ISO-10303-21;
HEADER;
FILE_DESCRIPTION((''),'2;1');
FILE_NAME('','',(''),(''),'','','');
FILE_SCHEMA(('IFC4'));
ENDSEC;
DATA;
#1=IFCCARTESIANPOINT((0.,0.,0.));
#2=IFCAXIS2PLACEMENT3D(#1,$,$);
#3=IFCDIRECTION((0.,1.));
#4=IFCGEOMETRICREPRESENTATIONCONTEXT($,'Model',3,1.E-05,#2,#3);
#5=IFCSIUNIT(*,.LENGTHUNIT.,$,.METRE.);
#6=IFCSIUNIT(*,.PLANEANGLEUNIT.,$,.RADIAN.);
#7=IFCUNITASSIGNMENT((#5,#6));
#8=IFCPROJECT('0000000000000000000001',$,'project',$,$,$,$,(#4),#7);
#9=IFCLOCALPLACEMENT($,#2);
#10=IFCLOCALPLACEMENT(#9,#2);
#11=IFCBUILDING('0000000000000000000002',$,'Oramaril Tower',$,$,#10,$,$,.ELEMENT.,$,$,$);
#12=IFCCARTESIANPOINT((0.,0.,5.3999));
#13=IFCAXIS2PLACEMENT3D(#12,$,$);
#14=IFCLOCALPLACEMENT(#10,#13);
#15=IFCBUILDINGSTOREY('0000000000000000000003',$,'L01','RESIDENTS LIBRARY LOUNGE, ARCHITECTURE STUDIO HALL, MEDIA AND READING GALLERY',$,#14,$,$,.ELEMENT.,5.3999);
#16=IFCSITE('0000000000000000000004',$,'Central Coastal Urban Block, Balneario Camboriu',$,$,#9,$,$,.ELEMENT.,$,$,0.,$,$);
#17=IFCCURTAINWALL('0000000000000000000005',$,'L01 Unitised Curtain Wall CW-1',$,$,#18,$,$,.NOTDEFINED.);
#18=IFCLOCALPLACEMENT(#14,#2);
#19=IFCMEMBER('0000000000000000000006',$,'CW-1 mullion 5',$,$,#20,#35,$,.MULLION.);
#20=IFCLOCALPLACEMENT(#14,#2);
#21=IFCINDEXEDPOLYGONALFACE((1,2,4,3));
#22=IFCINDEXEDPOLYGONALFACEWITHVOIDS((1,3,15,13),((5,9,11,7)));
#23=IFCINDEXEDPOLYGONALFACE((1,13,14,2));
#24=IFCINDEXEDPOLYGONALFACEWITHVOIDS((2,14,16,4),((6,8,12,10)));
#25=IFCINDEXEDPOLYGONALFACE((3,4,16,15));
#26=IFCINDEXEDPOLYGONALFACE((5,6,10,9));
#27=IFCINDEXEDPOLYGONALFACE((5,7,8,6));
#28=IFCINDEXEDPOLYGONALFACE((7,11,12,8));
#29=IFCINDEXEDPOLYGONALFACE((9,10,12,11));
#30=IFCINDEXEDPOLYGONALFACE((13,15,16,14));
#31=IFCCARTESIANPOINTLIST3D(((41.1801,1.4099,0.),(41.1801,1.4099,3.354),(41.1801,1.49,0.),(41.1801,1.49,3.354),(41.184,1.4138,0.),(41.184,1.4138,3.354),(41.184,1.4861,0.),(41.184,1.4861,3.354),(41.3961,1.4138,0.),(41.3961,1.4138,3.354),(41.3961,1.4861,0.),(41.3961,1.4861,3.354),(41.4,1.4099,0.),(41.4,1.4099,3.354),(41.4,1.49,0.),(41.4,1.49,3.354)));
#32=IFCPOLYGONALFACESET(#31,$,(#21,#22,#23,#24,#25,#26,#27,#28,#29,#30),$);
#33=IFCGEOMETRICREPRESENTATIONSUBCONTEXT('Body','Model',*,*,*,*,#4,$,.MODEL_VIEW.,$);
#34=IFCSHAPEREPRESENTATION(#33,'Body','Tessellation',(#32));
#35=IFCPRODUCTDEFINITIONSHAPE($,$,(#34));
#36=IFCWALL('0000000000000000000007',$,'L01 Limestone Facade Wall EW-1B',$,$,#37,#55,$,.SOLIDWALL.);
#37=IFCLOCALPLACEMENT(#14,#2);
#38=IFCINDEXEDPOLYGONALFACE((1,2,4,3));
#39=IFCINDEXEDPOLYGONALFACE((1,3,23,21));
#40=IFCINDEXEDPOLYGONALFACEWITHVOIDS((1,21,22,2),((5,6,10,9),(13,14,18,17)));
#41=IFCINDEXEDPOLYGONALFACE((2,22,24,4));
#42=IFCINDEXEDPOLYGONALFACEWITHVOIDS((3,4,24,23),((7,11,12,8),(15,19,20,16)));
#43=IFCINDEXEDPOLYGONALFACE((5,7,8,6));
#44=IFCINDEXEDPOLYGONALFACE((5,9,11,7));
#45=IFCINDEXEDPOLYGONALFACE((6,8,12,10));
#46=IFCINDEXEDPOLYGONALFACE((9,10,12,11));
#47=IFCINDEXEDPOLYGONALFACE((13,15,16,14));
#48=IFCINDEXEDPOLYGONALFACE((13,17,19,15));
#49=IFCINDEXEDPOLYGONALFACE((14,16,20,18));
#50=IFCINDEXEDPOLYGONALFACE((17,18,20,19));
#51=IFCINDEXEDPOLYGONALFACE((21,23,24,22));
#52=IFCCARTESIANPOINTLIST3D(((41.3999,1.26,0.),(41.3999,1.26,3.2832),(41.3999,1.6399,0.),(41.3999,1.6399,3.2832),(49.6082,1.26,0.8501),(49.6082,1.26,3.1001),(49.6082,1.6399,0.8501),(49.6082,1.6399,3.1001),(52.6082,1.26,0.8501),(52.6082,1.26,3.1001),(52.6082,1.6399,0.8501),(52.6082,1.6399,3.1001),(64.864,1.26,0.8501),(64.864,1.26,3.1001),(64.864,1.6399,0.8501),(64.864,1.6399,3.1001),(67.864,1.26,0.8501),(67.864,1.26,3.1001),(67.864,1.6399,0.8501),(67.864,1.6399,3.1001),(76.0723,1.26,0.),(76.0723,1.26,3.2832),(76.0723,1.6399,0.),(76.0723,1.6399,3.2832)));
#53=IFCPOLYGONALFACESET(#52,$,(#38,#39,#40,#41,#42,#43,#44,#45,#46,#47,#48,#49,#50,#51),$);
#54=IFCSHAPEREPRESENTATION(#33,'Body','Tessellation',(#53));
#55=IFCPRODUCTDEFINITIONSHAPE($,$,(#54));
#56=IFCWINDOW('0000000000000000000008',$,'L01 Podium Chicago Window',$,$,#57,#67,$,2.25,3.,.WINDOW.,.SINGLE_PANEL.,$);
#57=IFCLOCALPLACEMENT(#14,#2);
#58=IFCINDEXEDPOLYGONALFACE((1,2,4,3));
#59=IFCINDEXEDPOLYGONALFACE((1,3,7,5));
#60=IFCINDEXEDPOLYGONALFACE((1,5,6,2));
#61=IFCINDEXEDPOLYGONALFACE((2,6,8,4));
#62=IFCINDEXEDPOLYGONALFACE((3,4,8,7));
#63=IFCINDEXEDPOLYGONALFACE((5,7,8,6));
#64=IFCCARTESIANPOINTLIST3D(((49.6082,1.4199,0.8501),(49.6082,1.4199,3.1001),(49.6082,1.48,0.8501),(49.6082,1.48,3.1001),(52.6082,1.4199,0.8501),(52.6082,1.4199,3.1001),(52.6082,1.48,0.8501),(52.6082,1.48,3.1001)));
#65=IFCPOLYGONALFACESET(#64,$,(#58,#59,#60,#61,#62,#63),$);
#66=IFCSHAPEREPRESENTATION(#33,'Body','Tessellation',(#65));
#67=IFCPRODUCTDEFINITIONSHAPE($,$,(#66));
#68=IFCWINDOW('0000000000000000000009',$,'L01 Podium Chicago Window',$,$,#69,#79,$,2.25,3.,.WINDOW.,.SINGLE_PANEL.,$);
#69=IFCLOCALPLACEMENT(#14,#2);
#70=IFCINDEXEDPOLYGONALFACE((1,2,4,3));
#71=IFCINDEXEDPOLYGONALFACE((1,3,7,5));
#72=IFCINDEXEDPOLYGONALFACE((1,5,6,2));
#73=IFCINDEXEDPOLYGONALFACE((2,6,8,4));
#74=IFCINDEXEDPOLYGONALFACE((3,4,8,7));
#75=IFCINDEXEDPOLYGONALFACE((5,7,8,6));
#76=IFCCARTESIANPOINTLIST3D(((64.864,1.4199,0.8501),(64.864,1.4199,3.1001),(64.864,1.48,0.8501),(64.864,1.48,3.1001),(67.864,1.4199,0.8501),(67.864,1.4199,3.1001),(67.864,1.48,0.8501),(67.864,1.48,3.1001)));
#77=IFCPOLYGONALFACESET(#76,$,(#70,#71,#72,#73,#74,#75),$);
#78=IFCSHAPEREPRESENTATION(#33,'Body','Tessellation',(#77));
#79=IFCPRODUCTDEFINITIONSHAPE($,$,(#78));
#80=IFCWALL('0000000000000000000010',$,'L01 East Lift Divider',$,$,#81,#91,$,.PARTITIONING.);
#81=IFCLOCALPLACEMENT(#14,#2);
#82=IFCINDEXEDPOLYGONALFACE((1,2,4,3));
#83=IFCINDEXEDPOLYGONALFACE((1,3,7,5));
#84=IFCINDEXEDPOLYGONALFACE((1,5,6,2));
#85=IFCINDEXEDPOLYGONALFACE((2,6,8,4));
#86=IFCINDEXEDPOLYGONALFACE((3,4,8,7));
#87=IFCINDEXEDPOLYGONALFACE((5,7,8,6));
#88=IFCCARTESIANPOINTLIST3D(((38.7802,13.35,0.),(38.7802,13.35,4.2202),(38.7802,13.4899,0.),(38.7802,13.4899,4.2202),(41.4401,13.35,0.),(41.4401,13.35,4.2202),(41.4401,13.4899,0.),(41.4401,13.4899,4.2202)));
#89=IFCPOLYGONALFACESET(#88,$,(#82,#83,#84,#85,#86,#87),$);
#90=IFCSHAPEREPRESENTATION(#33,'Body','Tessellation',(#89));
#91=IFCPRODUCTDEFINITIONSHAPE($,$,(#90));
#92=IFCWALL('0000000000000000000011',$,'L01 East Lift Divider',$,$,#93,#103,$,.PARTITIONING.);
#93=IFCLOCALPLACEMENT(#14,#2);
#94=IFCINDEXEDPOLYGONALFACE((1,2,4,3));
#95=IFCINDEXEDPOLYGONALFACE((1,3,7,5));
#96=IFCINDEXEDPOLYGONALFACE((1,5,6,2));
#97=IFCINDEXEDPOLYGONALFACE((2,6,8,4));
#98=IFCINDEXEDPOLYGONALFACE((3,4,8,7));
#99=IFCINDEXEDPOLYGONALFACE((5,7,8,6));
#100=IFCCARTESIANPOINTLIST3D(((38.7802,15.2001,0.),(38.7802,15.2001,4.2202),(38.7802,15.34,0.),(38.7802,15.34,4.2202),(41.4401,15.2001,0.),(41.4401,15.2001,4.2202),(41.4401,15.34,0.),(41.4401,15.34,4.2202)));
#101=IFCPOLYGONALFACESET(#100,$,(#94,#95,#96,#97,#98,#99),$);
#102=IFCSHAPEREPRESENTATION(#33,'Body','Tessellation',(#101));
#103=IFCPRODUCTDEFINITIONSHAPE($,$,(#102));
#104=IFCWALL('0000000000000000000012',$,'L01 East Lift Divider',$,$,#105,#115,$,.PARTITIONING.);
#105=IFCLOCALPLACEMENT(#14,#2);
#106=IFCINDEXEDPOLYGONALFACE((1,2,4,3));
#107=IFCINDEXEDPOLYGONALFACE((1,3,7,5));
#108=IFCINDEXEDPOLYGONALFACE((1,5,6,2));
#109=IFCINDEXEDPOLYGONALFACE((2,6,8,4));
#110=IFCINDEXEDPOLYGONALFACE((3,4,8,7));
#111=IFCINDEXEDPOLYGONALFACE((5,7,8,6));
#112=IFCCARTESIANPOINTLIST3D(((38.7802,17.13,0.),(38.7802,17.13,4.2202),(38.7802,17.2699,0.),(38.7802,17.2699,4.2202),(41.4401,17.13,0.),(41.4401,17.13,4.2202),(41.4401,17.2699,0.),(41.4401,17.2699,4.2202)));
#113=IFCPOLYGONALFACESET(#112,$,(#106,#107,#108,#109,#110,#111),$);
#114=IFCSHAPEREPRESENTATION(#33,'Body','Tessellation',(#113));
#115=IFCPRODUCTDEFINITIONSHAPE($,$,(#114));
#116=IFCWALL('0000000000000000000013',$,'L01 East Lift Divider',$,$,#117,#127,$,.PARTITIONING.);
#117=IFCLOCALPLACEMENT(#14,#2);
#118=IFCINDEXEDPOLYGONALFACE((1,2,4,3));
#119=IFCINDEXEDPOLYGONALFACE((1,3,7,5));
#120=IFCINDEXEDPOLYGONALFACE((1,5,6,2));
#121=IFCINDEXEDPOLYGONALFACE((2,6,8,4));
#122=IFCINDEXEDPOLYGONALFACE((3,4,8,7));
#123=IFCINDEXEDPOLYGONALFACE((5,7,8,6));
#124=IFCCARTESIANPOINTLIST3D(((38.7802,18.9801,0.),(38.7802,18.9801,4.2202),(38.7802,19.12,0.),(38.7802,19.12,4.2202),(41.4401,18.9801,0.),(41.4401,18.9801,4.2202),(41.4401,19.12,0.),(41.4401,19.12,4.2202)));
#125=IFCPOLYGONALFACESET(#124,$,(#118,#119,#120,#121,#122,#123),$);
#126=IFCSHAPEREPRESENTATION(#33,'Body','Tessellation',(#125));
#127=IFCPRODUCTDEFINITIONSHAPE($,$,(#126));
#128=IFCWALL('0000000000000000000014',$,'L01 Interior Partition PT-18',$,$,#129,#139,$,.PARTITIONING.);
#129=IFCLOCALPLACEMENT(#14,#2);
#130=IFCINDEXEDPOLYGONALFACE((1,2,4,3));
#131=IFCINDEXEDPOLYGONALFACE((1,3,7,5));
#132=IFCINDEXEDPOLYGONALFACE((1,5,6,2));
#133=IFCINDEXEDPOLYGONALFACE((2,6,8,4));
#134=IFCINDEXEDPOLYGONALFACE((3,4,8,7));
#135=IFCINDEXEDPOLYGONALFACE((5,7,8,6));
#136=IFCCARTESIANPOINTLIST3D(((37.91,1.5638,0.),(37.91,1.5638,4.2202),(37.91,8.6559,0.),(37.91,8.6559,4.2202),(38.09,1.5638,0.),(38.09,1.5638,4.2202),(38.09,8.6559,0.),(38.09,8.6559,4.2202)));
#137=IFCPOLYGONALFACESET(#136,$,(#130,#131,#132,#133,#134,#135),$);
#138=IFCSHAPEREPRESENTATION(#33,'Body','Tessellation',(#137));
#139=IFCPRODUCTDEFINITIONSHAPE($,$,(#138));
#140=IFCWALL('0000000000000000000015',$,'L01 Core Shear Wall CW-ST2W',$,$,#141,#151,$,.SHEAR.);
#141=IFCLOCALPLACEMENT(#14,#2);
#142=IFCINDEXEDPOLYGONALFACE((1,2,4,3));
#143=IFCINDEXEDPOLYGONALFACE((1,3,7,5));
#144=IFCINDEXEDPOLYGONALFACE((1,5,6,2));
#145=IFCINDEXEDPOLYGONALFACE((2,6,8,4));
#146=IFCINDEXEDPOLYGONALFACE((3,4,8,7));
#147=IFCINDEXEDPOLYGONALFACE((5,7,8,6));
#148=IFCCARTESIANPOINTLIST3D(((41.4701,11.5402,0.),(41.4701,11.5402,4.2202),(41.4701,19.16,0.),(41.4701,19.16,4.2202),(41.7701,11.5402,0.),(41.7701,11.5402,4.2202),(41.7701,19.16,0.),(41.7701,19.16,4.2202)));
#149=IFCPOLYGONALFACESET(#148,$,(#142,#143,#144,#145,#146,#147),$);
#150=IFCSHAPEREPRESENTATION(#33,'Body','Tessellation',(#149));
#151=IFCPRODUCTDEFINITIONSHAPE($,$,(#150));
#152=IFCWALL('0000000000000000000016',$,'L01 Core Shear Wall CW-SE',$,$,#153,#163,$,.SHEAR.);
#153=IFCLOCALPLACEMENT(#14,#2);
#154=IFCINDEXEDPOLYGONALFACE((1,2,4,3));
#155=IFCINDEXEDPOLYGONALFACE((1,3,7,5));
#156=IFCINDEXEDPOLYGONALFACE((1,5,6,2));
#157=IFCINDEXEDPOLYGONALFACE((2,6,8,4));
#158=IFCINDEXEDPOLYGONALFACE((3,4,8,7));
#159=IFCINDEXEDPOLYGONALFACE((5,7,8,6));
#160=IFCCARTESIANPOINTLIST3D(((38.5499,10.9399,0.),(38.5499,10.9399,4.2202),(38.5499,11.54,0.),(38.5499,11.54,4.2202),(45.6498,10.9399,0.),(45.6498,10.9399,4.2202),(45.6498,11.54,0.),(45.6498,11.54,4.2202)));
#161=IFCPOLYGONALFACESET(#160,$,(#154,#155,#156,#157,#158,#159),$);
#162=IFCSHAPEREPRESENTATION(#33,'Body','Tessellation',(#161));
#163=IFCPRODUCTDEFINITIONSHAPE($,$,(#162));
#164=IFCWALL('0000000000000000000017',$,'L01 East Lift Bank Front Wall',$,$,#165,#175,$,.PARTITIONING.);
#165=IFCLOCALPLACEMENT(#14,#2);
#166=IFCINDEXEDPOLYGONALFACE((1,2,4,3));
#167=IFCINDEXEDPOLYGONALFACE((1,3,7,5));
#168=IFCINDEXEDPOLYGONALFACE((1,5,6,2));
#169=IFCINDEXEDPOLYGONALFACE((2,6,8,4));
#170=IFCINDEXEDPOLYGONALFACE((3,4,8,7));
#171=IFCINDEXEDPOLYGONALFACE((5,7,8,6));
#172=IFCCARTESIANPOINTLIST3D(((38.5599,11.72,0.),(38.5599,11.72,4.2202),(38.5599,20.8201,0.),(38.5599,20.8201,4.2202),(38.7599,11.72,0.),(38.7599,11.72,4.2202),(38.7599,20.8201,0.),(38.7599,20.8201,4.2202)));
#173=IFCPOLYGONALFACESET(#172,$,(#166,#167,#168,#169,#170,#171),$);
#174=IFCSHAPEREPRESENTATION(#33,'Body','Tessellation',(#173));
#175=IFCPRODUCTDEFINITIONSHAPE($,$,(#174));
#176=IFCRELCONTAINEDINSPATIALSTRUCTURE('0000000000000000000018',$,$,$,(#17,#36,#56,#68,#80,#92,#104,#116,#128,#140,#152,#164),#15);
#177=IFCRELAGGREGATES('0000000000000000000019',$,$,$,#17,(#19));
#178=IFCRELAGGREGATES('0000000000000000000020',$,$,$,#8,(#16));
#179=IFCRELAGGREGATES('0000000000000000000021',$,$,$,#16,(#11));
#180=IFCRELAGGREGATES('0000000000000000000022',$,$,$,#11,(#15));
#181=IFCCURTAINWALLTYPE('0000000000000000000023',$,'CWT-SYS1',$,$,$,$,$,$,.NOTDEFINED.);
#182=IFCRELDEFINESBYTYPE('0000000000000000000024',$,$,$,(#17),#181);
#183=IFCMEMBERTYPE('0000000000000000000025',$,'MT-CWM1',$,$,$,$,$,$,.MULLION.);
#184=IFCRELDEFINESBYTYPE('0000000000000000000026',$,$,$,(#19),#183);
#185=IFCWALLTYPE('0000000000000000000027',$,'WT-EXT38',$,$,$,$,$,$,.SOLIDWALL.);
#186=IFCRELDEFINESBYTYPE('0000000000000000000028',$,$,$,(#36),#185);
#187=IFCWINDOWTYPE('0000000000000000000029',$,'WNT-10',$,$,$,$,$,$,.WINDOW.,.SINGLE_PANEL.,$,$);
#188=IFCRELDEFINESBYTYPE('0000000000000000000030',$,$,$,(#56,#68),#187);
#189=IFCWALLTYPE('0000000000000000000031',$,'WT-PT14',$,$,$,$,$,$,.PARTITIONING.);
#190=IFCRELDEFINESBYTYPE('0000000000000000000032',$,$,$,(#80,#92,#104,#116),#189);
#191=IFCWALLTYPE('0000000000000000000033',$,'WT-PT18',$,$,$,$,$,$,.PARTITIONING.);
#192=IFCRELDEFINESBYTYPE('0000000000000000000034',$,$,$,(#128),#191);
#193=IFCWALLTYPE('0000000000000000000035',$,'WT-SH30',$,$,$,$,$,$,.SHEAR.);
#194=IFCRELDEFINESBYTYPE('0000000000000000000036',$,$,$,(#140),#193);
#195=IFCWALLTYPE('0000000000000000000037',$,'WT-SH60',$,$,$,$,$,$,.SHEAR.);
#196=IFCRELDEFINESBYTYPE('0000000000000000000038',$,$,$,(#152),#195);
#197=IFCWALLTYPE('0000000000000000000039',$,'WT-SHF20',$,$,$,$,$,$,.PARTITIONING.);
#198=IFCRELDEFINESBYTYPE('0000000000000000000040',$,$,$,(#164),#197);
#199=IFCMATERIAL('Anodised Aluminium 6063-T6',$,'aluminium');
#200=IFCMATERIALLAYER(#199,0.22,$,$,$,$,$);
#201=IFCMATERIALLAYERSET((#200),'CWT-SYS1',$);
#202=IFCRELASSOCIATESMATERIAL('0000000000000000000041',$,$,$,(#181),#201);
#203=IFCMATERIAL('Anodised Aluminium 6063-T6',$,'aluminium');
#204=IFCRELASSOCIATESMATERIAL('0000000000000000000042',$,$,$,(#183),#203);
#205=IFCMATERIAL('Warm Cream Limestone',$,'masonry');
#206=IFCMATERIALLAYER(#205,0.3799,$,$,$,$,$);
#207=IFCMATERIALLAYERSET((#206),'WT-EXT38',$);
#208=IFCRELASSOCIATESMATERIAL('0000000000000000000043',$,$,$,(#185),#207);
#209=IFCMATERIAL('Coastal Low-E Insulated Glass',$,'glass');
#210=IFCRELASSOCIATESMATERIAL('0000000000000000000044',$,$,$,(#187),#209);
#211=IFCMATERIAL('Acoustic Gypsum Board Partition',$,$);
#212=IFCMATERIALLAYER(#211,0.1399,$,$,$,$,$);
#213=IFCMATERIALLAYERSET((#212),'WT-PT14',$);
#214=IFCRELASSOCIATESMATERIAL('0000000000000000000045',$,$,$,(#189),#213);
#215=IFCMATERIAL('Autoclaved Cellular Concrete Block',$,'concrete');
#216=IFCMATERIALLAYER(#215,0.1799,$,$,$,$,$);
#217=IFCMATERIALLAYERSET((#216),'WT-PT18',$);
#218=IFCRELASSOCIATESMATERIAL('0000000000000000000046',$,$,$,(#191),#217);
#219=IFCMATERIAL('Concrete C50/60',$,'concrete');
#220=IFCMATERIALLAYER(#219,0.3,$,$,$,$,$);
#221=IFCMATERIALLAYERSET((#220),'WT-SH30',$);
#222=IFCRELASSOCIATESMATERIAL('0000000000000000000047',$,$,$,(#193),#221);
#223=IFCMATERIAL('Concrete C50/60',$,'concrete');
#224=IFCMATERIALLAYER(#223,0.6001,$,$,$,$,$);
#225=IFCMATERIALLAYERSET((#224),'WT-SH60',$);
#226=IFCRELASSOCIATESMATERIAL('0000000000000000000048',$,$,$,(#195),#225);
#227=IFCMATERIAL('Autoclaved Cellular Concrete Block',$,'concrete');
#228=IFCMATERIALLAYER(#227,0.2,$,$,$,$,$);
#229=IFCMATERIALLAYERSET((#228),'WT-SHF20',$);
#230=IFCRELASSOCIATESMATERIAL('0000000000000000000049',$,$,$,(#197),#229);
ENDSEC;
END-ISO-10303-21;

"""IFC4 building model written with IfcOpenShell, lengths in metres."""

from ifc_helpers import new_model, si_unit, direction, frame, frame_2d, origin, origin_2d, place, context, subcontext, project, spatial, rectangle, hollow_rectangle, extrude, material, layer, layer_set, material_profile, profile_set, type_object, element, fill, aggregate, save


model = new_model("IFC4")

# Units and contexts
model_context = context("Model", 3, precision=1e-05, world=origin(), true_north=direction((0.0, 1.0)))
body_context = subcontext(model_context, "Body", "Model", "MODEL_VIEW")
ifc_project = project(units=[si_unit("LENGTHUNIT", "METRE"), si_unit("PLANEANGLEUNIT", "RADIAN")], contexts=[model_context])

# Site, building, storey
site_placement = place(None, origin())
site = spatial("IfcSite", under=ifc_project, at=site_placement, Name="Central Coastal Urban Block, Balneario Camboriu", CompositionType="ELEMENT", RefElevation=0.0)
building_placement = place(site_placement, origin())
building = spatial("IfcBuilding", under=site, at=building_placement, Name="Oramaril Tower", CompositionType="ELEMENT")
storey_placement = place(building_placement, frame((0.0, 0.0, 5.3999)))
storey = spatial("IfcBuildingStorey", under=building, at=storey_placement, Name="L01", Description="RESIDENTS LIBRARY LOUNGE, ARCHITECTURE STUDIO HALL, MEDIA AND READING GALLERY", CompositionType="ELEMENT", Elevation=5.3999)

# Curtain wall, member
ifc_material_1 = material(Name="Anodised Aluminium 6063-T6", Category="aluminium")
ifc_layer_1 = layer(ifc_material_1, 0.22)
ifc_layer_set_1 = layer_set([ifc_layer_1], Name="CWT-SYS1")
curtain_wall_type = type_object("IfcCurtainWallType", Name="CWT-SYS1", PredefinedType="NOTDEFINED", material=ifc_layer_set_1)
curtain_wall_placement = place(storey_placement, origin())
curtain_wall = element("IfcCurtainWall", 1, at=curtain_wall_placement, inside=storey, type_object=curtain_wall_type, Name="L01 Unitised Curtain Wall CW-1", PredefinedType="NOTDEFINED")
ifc_material_2 = material(Name="Anodised Aluminium 6063-T6", Category="aluminium")
ifc_material_profile = material_profile(ifc_material_2, hollow_rectangle(XDim=0.0801, YDim=0.22, WallThickness=0.0039, at=origin_2d()), Name="CWM220X80")
ifc_profile_set = profile_set([ifc_material_profile], Name="Anodised Aluminium 6063-T6")
member_type = type_object("IfcMemberType", Name="MT-CWM1", PredefinedType="MULLION", material=ifc_profile_set)
member_placement = place(storey_placement, frame((41.29, 1.45, 0.0), z_axis=(0.0, 0.0, 1.0), x_axis=(0.0, 1.0, 0.0)))
member = element("IfcMember", 2, at=member_placement, type_object=member_type, Name="CW-1 mullion 5", PredefinedType="MULLION", context=body_context, shape_type="SweptSolid", body=[
    extrude(hollow_rectangle(XDim=0.0801, YDim=0.22, WallThickness=0.0039, at=origin_2d()), origin(), (0.0, 0.0, 1.0), 3.354),
])
aggregate(curtain_wall, [member])

# Wall, openings, windows
ifc_material_3 = material(Name="Warm Cream Limestone", Category="masonry")
ifc_layer_2 = layer(ifc_material_3, 0.3799)
ifc_layer_set_2 = layer_set([ifc_layer_2], Name="WT-EXT38")
wall_type_1 = type_object("IfcWallType", Name="WT-EXT38", PredefinedType="SOLIDWALL", material=ifc_layer_set_2)
wall_1_placement = place(storey_placement, frame((41.3999, 1.45, 0.0), z_axis=(0.0, 0.0, 1.0), x_axis=(1.0, 0.0, 0.0)))
wall_1 = element("IfcWall", 3, at=wall_1_placement, inside=storey, type_object=wall_type_1, Name="L01 Limestone Facade Wall EW-1B", PredefinedType="SOLIDWALL", context=body_context, shape_type="SweptSolid", body=[
    extrude(rectangle(XDim=34.6724, YDim=0.3799, at=frame_2d((17.3362, 0.0))), origin(), (0.0, 0.0, 1.0), 3.2832),
])
opening_1_placement = place(wall_1_placement, frame((8.2083, 0.0, 0.8501)))
opening_1 = element("IfcOpeningElement", 4, at=opening_1_placement, cuts=wall_1, PredefinedType="OPENING", context=body_context, shape_type="SweptSolid", body=[
    extrude(rectangle(XDim=3.0, YDim=2.25, at=frame_2d((1.5, 1.125))), frame((0.0, 0.1899, 0.0), z_axis=(0.0, -1.0, 0.0), x_axis=(1.0, 0.0, 0.0)), (0.0, 0.0, 1.0), 0.3799),
])
opening_2_placement = place(wall_1_placement, frame((23.4641, 0.0, 0.8501)))
opening_2 = element("IfcOpeningElement", 5, at=opening_2_placement, cuts=wall_1, PredefinedType="OPENING", context=body_context, shape_type="SweptSolid", body=[
    extrude(rectangle(XDim=3.0, YDim=2.25, at=frame_2d((1.5, 1.125))), frame((0.0, 0.1899, 0.0), z_axis=(0.0, -1.0, 0.0), x_axis=(1.0, 0.0, 0.0)), (0.0, 0.0, 1.0), 0.3799),
])
ifc_material_4 = material(Name="Coastal Low-E Insulated Glass", Category="glass")
window_type = type_object("IfcWindowType", Name="WNT-10", PartitioningType="SINGLE_PANEL", PredefinedType="WINDOW", material=ifc_material_4)
window_1_placement = place(opening_1_placement, origin())
window_1 = element("IfcWindow", 6, at=window_1_placement, inside=storey, type_object=window_type, Name="L01 Podium Chicago Window", OverallHeight=2.25, OverallWidth=3.0, PartitioningType="SINGLE_PANEL", PredefinedType="WINDOW", context=body_context, shape_type="SweptSolid", body=[
    extrude(rectangle(XDim=3.0, YDim=2.25, at=frame_2d((1.5, 1.125))), frame((0.0, 0.03, 0.0), z_axis=(0.0, -1.0, 0.0), x_axis=(1.0, 0.0, 0.0)), (0.0, 0.0, 1.0), 0.0601),
])
fill(opening_1, window_1)
window_2_placement = place(opening_2_placement, origin())
window_2 = element("IfcWindow", 7, at=window_2_placement, inside=storey, type_object=window_type, Name="L01 Podium Chicago Window", OverallHeight=2.25, OverallWidth=3.0, PartitioningType="SINGLE_PANEL", PredefinedType="WINDOW", context=body_context, shape_type="SweptSolid", body=[
    extrude(rectangle(XDim=3.0, YDim=2.25, at=frame_2d((1.5, 1.125))), frame((0.0, 0.03, 0.0), z_axis=(0.0, -1.0, 0.0), x_axis=(1.0, 0.0, 0.0)), (0.0, 0.0, 1.0), 0.0601),
])
fill(opening_2, window_2)

# Walls
ifc_material_5 = material(Name="Acoustic Gypsum Board Partition")
ifc_layer_3 = layer(ifc_material_5, 0.1399)
ifc_layer_set_3 = layer_set([ifc_layer_3], Name="WT-PT14")
wall_type_2 = type_object("IfcWallType", Name="WT-PT14", PredefinedType="PARTITIONING", material=ifc_layer_set_3)
for number, where, z_axis, x_axis, name in (
    (8, (38.78, 13.4199, 0.0), (0.0, 0.0, 1.0), (1.0, 0.0, 0.0), "L01 East Lift Divider"),
    (9, (38.78, 15.27, 0.0), (0.0, 0.0, 1.0), (1.0, 0.0, 0.0), "L01 East Lift Divider"),
    (10, (38.78, 17.2, 0.0), (0.0, 0.0, 1.0), (1.0, 0.0, 0.0), "L01 East Lift Divider"),
    (11, (38.78, 19.05, 0.0), (0.0, 0.0, 1.0), (1.0, 0.0, 0.0), "L01 East Lift Divider"),
):
    element("IfcWall", number, at=place(storey_placement, frame(where, z_axis=z_axis, x_axis=x_axis)), inside=storey, type_object=wall_type_2, Name=name, PredefinedType="PARTITIONING", context=body_context, shape_type="SweptSolid", body=[
        extrude(rectangle(XDim=2.6599, YDim=0.1399, at=frame_2d((1.3301, 0.0))), origin(), (0.0, 0.0, 1.0), 4.2202),
    ])
ifc_material_6 = material(Name="Autoclaved Cellular Concrete Block", Category="concrete")
ifc_layer_4 = layer(ifc_material_6, 0.1799)
ifc_layer_set_4 = layer_set([ifc_layer_4], Name="WT-PT18")
wall_type_3 = type_object("IfcWallType", Name="WT-PT18", PredefinedType="PARTITIONING", material=ifc_layer_set_4)
wall_2_placement = place(storey_placement, frame((38.0, 1.564, 0.0), z_axis=(0.0, 0.0, 1.0), x_axis=(0.0, 1.0, 0.0)))
element("IfcWall", 12, at=wall_2_placement, inside=storey, type_object=wall_type_3, Name="L01 Interior Partition PT-18", PredefinedType="PARTITIONING", context=body_context, shape_type="SweptSolid", body=[
    extrude(rectangle(XDim=7.092, YDim=0.1799, at=frame_2d((3.5459, 0.0))), origin(), (0.0, 0.0, 1.0), 4.2202),
])

# Shared definitions
ifc_material_7 = material(Name="Concrete C50/60", Category="concrete")
ifc_layer_5 = layer(ifc_material_7, 0.3)
ifc_layer_set_5 = layer_set([ifc_layer_5], Name="WT-SH30")
wall_type_4 = type_object("IfcWallType", Name="WT-SH30", PredefinedType="SHEAR", material=ifc_layer_set_5)

# Walls
wall_3_placement = place(storey_placement, frame((41.6201, 11.54, 0.0), z_axis=(0.0, 0.0, 1.0), x_axis=(0.0, 1.0, 0.0)))
element("IfcWall", 13, at=wall_3_placement, inside=storey, type_object=wall_type_4, Name="L01 Core Shear Wall CW-ST2W", PredefinedType="SHEAR", context=body_context, shape_type="SweptSolid", body=[
    extrude(rectangle(XDim=7.6199, YDim=0.3, at=frame_2d((3.8101, 0.0))), origin(), (0.0, 0.0, 1.0), 4.2202),
])
ifc_material_8 = material(Name="Concrete C50/60", Category="concrete")
ifc_layer_6 = layer(ifc_material_8, 0.6001)
ifc_layer_set_6 = layer_set([ifc_layer_6], Name="WT-SH60")
wall_type_5 = type_object("IfcWallType", Name="WT-SH60", PredefinedType="SHEAR", material=ifc_layer_set_6)
wall_4_placement = place(storey_placement, frame((38.55, 11.24, 0.0), z_axis=(0.0, 0.0, 1.0), x_axis=(1.0, 0.0, 0.0)))
element("IfcWall", 14, at=wall_4_placement, inside=storey, type_object=wall_type_5, Name="L01 Core Shear Wall CW-SE", PredefinedType="SHEAR", context=body_context, shape_type="SweptSolid", body=[
    extrude(rectangle(XDim=7.0999, YDim=0.6001, at=frame_2d((3.5498, 0.0))), origin(), (0.0, 0.0, 1.0), 4.2202),
])

# Shared definitions
ifc_material_9 = material(Name="Autoclaved Cellular Concrete Block", Category="concrete")
ifc_layer_7 = layer(ifc_material_9, 0.2)
ifc_layer_set_7 = layer_set([ifc_layer_7], Name="WT-SHF20")
wall_type_6 = type_object("IfcWallType", Name="WT-SHF20", PredefinedType="PARTITIONING", material=ifc_layer_set_7)

# Wall
wall_5_placement = place(storey_placement, frame((38.6599, 11.72, 0.0), z_axis=(0.0, 0.0, 1.0), x_axis=(0.0, 1.0, 0.0)))
element("IfcWall", 15, at=wall_5_placement, inside=storey, type_object=wall_type_6, Name="L01 East Lift Bank Front Wall", PredefinedType="PARTITIONING", context=body_context, shape_type="SweptSolid", body=[
    extrude(rectangle(XDim=9.1001, YDim=0.2, at=frame_2d((4.55, 0.0))), origin(), (0.0, 0.0, 1.0), 4.2202),
])

save(model, "model.ifc")
